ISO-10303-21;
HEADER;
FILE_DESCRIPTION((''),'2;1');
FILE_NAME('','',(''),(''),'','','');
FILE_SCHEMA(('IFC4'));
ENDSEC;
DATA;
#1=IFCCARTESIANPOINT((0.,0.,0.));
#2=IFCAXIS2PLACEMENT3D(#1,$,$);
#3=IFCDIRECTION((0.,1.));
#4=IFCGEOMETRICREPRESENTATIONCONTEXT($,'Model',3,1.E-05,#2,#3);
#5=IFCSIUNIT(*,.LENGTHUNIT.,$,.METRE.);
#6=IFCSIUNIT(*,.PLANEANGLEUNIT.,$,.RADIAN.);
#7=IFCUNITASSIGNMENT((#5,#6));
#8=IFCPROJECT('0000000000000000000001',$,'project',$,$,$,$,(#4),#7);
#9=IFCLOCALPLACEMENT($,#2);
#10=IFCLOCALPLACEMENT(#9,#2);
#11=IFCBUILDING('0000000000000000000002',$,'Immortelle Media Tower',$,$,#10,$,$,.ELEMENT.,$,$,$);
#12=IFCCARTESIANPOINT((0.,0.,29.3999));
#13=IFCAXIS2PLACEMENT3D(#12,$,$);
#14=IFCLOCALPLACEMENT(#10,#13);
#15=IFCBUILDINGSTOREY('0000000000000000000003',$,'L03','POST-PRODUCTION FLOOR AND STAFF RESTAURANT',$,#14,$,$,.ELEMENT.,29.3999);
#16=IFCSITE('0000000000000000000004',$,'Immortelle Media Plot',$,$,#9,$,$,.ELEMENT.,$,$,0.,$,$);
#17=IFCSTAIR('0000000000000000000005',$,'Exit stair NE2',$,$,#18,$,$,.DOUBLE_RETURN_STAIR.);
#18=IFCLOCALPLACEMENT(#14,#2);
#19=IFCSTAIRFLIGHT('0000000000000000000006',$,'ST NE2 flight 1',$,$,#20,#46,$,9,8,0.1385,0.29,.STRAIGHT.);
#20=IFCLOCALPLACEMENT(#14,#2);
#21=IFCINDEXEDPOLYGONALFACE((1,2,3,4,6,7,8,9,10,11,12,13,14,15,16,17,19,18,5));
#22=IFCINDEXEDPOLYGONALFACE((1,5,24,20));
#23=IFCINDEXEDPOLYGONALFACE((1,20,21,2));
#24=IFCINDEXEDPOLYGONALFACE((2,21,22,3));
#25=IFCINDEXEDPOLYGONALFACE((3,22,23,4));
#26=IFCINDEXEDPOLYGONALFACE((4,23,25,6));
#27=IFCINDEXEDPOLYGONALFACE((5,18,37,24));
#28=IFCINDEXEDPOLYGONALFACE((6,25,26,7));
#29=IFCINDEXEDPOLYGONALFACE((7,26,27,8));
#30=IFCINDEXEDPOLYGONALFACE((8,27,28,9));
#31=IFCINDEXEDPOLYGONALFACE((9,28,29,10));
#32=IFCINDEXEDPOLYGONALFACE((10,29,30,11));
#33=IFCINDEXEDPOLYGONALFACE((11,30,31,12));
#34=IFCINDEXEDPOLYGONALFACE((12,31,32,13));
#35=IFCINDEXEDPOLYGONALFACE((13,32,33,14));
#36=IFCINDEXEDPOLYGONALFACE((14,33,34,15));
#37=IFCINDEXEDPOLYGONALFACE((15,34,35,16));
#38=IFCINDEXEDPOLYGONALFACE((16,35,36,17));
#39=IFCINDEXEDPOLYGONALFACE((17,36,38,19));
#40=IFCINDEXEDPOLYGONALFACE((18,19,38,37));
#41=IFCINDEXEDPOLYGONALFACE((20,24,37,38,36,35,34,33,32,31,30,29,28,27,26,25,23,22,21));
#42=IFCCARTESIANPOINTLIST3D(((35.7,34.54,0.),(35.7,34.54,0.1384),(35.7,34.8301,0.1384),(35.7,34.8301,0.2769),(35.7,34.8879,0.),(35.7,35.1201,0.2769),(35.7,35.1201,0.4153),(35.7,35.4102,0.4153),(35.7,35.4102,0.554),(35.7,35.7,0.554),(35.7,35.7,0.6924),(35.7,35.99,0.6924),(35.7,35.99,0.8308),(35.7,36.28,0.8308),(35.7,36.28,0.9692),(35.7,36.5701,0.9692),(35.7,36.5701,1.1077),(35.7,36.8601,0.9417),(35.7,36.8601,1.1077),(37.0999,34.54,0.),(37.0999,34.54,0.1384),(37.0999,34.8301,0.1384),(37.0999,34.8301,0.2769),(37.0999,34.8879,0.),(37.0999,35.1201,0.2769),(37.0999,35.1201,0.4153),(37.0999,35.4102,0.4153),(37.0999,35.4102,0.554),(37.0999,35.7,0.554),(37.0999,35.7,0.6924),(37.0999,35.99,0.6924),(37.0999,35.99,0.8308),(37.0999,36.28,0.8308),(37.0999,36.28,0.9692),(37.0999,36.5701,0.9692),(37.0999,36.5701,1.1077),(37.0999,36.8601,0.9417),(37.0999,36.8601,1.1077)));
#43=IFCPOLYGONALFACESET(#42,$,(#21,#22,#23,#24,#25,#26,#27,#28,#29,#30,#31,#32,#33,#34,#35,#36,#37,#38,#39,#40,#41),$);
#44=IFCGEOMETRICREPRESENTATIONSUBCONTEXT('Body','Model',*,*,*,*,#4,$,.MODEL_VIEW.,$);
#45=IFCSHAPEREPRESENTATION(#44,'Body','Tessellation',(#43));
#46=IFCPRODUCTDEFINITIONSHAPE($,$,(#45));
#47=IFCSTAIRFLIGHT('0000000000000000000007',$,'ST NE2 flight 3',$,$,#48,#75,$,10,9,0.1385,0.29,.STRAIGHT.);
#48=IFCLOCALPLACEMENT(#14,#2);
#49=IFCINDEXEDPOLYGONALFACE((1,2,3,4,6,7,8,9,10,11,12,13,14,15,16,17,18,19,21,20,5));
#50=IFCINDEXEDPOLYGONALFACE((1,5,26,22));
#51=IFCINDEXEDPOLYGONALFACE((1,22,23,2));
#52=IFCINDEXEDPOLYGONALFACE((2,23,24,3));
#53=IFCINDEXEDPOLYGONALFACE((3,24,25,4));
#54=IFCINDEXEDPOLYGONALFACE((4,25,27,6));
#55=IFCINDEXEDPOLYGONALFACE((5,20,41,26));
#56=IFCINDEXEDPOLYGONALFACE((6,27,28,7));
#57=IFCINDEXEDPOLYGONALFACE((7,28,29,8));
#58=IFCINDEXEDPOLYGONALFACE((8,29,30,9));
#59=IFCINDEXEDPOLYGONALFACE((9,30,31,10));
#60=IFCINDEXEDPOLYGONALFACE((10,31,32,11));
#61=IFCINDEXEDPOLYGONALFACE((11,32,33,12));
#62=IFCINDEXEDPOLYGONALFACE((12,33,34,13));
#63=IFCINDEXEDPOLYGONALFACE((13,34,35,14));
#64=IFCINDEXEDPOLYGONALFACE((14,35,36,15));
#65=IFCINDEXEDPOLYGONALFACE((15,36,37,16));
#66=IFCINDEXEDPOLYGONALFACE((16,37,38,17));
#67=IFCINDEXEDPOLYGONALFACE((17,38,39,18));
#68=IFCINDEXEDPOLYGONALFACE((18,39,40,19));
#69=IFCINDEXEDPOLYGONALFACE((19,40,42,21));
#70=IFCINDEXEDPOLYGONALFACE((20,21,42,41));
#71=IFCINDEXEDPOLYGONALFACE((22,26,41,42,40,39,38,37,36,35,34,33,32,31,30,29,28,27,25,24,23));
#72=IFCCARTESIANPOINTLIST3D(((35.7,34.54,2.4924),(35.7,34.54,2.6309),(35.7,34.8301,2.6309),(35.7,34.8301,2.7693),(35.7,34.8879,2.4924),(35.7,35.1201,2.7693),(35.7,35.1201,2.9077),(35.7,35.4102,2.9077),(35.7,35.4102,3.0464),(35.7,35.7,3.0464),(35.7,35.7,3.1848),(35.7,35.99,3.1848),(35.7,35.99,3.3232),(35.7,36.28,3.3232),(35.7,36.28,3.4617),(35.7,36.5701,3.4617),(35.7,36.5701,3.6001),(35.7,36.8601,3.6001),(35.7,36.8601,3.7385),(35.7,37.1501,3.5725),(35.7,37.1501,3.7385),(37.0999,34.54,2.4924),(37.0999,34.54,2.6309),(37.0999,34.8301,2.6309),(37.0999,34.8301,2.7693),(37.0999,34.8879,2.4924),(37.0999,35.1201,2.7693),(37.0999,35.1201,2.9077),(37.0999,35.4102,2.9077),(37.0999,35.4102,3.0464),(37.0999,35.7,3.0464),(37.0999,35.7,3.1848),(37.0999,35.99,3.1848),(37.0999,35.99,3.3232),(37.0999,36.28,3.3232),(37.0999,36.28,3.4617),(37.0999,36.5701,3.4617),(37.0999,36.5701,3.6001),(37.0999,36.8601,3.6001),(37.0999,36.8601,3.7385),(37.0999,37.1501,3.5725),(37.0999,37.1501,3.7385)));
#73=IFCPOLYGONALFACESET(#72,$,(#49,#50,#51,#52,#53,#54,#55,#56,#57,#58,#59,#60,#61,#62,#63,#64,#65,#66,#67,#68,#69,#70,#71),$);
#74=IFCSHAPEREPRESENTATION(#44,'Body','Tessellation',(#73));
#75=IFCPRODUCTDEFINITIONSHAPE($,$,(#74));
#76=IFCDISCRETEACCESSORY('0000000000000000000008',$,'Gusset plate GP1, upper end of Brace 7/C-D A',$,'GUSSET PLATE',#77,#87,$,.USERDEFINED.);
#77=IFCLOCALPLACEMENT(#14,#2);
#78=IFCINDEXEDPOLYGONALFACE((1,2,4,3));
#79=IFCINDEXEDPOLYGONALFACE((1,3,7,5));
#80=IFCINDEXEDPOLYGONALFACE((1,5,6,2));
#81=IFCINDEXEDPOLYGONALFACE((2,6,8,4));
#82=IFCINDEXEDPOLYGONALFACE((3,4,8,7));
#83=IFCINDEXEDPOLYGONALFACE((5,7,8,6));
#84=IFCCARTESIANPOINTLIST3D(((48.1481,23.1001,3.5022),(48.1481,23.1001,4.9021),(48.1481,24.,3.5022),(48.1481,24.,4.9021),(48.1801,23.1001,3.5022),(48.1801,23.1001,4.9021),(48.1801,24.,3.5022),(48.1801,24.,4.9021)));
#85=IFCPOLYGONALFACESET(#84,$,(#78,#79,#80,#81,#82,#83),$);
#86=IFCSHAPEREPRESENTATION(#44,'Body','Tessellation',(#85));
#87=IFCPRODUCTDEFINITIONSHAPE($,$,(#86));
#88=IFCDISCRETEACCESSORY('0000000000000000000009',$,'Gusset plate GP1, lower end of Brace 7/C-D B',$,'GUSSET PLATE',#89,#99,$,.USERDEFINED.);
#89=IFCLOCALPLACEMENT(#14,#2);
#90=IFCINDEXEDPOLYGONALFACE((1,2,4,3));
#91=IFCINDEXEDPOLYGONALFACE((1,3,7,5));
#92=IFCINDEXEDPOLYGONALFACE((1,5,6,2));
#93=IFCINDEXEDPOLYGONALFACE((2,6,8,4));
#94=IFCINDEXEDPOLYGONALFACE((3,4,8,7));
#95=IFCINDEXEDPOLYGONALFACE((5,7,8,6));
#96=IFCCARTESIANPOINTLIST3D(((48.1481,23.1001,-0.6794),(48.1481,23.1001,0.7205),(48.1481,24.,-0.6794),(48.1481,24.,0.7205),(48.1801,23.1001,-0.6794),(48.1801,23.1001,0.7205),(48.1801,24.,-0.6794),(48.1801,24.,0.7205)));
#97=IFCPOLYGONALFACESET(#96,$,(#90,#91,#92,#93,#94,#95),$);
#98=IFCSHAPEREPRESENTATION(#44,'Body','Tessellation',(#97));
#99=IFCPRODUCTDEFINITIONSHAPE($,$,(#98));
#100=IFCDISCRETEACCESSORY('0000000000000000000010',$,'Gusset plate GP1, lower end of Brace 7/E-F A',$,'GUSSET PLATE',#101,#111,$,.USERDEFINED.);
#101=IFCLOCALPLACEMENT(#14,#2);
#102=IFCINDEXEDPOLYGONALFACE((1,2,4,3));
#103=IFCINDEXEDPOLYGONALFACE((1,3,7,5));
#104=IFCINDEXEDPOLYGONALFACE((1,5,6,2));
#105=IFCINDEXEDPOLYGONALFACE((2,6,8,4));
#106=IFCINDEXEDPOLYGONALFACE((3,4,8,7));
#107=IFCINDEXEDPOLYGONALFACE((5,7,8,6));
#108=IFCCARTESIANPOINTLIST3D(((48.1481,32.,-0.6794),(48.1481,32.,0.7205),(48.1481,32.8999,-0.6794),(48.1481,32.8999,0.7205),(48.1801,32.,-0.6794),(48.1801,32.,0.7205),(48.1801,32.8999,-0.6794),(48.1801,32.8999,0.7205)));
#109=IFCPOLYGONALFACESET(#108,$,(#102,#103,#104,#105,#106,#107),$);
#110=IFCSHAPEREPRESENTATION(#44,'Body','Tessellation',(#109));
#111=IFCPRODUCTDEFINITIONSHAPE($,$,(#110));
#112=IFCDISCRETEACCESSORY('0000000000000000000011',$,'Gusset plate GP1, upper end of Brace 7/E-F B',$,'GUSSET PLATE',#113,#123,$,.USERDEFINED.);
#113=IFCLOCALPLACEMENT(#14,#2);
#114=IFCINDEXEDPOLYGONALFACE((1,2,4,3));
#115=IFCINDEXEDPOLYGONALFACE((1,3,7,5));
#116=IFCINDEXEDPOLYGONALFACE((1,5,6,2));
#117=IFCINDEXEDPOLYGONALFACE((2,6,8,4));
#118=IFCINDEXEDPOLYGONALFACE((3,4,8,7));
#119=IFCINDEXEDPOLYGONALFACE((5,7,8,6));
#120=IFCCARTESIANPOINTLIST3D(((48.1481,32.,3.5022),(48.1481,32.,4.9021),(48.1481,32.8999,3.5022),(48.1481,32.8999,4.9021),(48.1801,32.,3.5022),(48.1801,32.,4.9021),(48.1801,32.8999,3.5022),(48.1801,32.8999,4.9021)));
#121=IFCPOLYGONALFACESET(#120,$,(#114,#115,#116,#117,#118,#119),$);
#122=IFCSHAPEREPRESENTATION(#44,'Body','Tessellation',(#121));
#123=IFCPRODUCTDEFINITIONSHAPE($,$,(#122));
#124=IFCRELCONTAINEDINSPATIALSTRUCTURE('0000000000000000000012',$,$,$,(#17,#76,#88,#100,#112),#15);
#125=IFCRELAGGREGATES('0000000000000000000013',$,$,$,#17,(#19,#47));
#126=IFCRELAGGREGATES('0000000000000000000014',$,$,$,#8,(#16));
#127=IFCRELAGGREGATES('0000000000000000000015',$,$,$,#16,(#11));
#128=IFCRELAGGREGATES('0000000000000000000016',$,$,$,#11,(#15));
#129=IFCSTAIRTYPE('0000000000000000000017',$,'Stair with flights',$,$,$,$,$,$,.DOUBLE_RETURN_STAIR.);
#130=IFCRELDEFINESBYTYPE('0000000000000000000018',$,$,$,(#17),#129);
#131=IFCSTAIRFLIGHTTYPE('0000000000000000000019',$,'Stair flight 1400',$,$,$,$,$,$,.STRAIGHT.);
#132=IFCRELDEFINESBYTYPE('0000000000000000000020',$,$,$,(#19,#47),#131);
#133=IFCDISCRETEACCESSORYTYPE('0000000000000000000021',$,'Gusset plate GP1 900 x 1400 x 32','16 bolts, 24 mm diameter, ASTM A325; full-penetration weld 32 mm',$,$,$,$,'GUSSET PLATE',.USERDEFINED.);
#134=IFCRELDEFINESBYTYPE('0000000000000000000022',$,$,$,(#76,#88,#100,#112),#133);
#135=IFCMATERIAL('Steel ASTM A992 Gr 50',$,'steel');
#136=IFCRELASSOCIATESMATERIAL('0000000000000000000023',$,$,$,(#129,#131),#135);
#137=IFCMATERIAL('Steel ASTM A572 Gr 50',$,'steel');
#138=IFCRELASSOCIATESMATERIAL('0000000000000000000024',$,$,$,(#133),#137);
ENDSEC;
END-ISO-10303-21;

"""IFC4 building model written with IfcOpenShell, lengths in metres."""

from ifc_helpers import new_model, si_unit, direction, frame, origin, origin_2d, place, context, subcontext, project, spatial, polyline, rectangle, outline, extrude, material, material_profile, profile_set, type_object, element, aggregate, save


model = new_model("IFC4")

# Units and contexts
model_context = context("Model", 3, precision=1e-05, world=origin(), true_north=direction((0.0, 1.0)))
body_context = subcontext(model_context, "Body", "Model", "MODEL_VIEW")
ifc_project = project(units=[si_unit("LENGTHUNIT", "METRE"), si_unit("PLANEANGLEUNIT", "RADIAN")], contexts=[model_context])

# Site, building, storey
site_placement = place(None, origin())
site = spatial("IfcSite", under=ifc_project, at=site_placement, Name="Immortelle Media Plot", CompositionType="ELEMENT", RefElevation=0.0)
building_placement = place(site_placement, origin())
building = spatial("IfcBuilding", under=site, at=building_placement, Name="Immortelle Media Tower", CompositionType="ELEMENT")
storey_placement = place(building_placement, frame((0.0, 0.0, 29.3999)))
storey = spatial("IfcBuildingStorey", under=building, at=storey_placement, Name="L03", Description="POST-PRODUCTION FLOOR AND STAFF RESTAURANT", CompositionType="ELEMENT", Elevation=29.3999)

# Shared definitions
ifc_material_1 = material(Name="Steel ASTM A992 Gr 50", Category="steel")

# Stair, stair flights
stair_type = type_object("IfcStairType", Name="Stair with flights", PredefinedType="DOUBLE_RETURN_STAIR", material=ifc_material_1)
stair_flight_type = type_object("IfcStairFlightType", Name="Stair flight 1400", PredefinedType="STRAIGHT", material=ifc_material_1)
stair_1_placement = place(storey_placement, origin())
stair_1 = element("IfcStair", 1, at=stair_1_placement, inside=storey, type_object=stair_type, Name="Exit stair NE2", PredefinedType="DOUBLE_RETURN_STAIR")
stair_flight_1_placement = place(storey_placement, frame((36.3999, 34.54, 0.0), z_axis=(0.0, 0.0, 1.0), x_axis=(0.0, 1.0, 0.0)))
stair_flight_1 = element("IfcStairFlight", 2, at=stair_flight_1_placement, type_object=stair_flight_type, Name="ST NE2 flight 1", NumberOfRisers=9, NumberOfTreads=8, PredefinedType="STRAIGHT", RiserHeight=0.1385, TreadLength=0.29, context=body_context, shape_type="SweptSolid", body=[
    extrude(outline(polyline([(0.0, 0.0), (0.0, 0.1384), (0.29, 0.1384), (0.29, 0.2769), (0.5801, 0.2769), (0.5801, 0.4153), (0.8701, 0.4153), (0.8701, 0.554), (1.1599, 0.554), (1.1599, 0.6924), (1.45, 0.6924), (1.45, 0.8308), (1.74, 0.8308), (1.74, 0.9692), (2.03, 0.9692), (2.03, 1.1077), (2.3201, 1.1077), (2.3201, 1.2461), (2.3201, 0.9417), (0.3479, 0.0), (0.0, 0.0)])), frame((0.0, 0.7, 0.0), z_axis=(0.0, -1.0, 0.0), x_axis=(1.0, 0.0, 0.0)), (0.0, 0.0, 1.0), 1.3999),
])
stair_flight_2_placement = place(storey_placement, frame((36.3999, 34.54, 2.4924), z_axis=(0.0, 0.0, 1.0), x_axis=(0.0, 1.0, 0.0)))
stair_flight_2 = element("IfcStairFlight", 3, at=stair_flight_2_placement, type_object=stair_flight_type, Name="ST NE2 flight 3", NumberOfRisers=10, NumberOfTreads=9, PredefinedType="STRAIGHT", RiserHeight=0.1385, TreadLength=0.29, context=body_context, shape_type="SweptSolid", body=[
    extrude(outline(polyline([(0.0, 0.0), (0.0, 0.1384), (0.29, 0.1384), (0.29, 0.2769), (0.5801, 0.2769), (0.5801, 0.4153), (0.8701, 0.4153), (0.8701, 0.554), (1.1599, 0.554), (1.1599, 0.6924), (1.45, 0.6924), (1.45, 0.8308), (1.74, 0.8308), (1.74, 0.9692), (2.03, 0.9692), (2.03, 1.1077), (2.3201, 1.1077), (2.3201, 1.2461), (2.6101, 1.2461), (2.6101, 1.3845), (2.6101, 1.0801), (0.3479, 0.0), (0.0, 0.0)])), frame((0.0, 0.7, 0.0), z_axis=(0.0, -1.0, 0.0), x_axis=(1.0, 0.0, 0.0)), (0.0, 0.0, 1.0), 1.3999),
])
aggregate(stair_1, [stair_flight_1, stair_flight_2])

# Discrete accessories
ifc_material_2 = material(Name="Steel ASTM A572 Gr 50", Category="steel")
ifc_material_profile_1 = material_profile(ifc_material_2, rectangle(XDim=0.032, YDim=1.3999, at=origin_2d()), Name="PL 32 x 1400")
ifc_profile_set_1 = profile_set([ifc_material_profile_1], Name="Steel ASTM A572 Gr 50")
discrete_accessory_type = type_object("IfcDiscreteAccessoryType", Name="Gusset plate GP1 900 x 1400 x 32", Description="16 bolts, 24 mm diameter, ASTM A325; full-penetration weld 32 mm", ElementType="GUSSET PLATE", PredefinedType="USERDEFINED", material=ifc_profile_set_1)
for number, where, z_axis, x_axis, name in (
    (4, (48.1641, 24.0, 4.2021), (0.0, -1.0, 0.0), (1.0, 0.0, 0.0), "Gusset plate GP1, upper end of Brace 7/C-D A"),
    (5, (48.1641, 24.0, 0.0205), (0.0, -1.0, 0.0), (1.0, 0.0, 0.0), "Gusset plate GP1, lower end of Brace 7/C-D B"),
    (6, (48.1641, 32.0, 0.0205), (0.0, 1.0, 0.0), (-1.0, 0.0, 0.0), "Gusset plate GP1, lower end of Brace 7/E-F A"),
    (7, (48.1641, 32.0, 4.2021), (0.0, 1.0, 0.0), (-1.0, 0.0, 0.0), "Gusset plate GP1, upper end of Brace 7/E-F B"),
):
    element("IfcDiscreteAccessory", number, at=place(storey_placement, frame(where, z_axis=z_axis, x_axis=x_axis)), inside=storey, type_object=discrete_accessory_type, Name=name, ObjectType="GUSSET PLATE", PredefinedType="USERDEFINED", context=body_context, shape_type="SweptSolid", body=[
        extrude(rectangle(XDim=0.032, YDim=1.3999, at=origin_2d()), origin(), (0.0, 0.0, 1.0), 0.8999),
    ])

save(model, "model.ifc")
